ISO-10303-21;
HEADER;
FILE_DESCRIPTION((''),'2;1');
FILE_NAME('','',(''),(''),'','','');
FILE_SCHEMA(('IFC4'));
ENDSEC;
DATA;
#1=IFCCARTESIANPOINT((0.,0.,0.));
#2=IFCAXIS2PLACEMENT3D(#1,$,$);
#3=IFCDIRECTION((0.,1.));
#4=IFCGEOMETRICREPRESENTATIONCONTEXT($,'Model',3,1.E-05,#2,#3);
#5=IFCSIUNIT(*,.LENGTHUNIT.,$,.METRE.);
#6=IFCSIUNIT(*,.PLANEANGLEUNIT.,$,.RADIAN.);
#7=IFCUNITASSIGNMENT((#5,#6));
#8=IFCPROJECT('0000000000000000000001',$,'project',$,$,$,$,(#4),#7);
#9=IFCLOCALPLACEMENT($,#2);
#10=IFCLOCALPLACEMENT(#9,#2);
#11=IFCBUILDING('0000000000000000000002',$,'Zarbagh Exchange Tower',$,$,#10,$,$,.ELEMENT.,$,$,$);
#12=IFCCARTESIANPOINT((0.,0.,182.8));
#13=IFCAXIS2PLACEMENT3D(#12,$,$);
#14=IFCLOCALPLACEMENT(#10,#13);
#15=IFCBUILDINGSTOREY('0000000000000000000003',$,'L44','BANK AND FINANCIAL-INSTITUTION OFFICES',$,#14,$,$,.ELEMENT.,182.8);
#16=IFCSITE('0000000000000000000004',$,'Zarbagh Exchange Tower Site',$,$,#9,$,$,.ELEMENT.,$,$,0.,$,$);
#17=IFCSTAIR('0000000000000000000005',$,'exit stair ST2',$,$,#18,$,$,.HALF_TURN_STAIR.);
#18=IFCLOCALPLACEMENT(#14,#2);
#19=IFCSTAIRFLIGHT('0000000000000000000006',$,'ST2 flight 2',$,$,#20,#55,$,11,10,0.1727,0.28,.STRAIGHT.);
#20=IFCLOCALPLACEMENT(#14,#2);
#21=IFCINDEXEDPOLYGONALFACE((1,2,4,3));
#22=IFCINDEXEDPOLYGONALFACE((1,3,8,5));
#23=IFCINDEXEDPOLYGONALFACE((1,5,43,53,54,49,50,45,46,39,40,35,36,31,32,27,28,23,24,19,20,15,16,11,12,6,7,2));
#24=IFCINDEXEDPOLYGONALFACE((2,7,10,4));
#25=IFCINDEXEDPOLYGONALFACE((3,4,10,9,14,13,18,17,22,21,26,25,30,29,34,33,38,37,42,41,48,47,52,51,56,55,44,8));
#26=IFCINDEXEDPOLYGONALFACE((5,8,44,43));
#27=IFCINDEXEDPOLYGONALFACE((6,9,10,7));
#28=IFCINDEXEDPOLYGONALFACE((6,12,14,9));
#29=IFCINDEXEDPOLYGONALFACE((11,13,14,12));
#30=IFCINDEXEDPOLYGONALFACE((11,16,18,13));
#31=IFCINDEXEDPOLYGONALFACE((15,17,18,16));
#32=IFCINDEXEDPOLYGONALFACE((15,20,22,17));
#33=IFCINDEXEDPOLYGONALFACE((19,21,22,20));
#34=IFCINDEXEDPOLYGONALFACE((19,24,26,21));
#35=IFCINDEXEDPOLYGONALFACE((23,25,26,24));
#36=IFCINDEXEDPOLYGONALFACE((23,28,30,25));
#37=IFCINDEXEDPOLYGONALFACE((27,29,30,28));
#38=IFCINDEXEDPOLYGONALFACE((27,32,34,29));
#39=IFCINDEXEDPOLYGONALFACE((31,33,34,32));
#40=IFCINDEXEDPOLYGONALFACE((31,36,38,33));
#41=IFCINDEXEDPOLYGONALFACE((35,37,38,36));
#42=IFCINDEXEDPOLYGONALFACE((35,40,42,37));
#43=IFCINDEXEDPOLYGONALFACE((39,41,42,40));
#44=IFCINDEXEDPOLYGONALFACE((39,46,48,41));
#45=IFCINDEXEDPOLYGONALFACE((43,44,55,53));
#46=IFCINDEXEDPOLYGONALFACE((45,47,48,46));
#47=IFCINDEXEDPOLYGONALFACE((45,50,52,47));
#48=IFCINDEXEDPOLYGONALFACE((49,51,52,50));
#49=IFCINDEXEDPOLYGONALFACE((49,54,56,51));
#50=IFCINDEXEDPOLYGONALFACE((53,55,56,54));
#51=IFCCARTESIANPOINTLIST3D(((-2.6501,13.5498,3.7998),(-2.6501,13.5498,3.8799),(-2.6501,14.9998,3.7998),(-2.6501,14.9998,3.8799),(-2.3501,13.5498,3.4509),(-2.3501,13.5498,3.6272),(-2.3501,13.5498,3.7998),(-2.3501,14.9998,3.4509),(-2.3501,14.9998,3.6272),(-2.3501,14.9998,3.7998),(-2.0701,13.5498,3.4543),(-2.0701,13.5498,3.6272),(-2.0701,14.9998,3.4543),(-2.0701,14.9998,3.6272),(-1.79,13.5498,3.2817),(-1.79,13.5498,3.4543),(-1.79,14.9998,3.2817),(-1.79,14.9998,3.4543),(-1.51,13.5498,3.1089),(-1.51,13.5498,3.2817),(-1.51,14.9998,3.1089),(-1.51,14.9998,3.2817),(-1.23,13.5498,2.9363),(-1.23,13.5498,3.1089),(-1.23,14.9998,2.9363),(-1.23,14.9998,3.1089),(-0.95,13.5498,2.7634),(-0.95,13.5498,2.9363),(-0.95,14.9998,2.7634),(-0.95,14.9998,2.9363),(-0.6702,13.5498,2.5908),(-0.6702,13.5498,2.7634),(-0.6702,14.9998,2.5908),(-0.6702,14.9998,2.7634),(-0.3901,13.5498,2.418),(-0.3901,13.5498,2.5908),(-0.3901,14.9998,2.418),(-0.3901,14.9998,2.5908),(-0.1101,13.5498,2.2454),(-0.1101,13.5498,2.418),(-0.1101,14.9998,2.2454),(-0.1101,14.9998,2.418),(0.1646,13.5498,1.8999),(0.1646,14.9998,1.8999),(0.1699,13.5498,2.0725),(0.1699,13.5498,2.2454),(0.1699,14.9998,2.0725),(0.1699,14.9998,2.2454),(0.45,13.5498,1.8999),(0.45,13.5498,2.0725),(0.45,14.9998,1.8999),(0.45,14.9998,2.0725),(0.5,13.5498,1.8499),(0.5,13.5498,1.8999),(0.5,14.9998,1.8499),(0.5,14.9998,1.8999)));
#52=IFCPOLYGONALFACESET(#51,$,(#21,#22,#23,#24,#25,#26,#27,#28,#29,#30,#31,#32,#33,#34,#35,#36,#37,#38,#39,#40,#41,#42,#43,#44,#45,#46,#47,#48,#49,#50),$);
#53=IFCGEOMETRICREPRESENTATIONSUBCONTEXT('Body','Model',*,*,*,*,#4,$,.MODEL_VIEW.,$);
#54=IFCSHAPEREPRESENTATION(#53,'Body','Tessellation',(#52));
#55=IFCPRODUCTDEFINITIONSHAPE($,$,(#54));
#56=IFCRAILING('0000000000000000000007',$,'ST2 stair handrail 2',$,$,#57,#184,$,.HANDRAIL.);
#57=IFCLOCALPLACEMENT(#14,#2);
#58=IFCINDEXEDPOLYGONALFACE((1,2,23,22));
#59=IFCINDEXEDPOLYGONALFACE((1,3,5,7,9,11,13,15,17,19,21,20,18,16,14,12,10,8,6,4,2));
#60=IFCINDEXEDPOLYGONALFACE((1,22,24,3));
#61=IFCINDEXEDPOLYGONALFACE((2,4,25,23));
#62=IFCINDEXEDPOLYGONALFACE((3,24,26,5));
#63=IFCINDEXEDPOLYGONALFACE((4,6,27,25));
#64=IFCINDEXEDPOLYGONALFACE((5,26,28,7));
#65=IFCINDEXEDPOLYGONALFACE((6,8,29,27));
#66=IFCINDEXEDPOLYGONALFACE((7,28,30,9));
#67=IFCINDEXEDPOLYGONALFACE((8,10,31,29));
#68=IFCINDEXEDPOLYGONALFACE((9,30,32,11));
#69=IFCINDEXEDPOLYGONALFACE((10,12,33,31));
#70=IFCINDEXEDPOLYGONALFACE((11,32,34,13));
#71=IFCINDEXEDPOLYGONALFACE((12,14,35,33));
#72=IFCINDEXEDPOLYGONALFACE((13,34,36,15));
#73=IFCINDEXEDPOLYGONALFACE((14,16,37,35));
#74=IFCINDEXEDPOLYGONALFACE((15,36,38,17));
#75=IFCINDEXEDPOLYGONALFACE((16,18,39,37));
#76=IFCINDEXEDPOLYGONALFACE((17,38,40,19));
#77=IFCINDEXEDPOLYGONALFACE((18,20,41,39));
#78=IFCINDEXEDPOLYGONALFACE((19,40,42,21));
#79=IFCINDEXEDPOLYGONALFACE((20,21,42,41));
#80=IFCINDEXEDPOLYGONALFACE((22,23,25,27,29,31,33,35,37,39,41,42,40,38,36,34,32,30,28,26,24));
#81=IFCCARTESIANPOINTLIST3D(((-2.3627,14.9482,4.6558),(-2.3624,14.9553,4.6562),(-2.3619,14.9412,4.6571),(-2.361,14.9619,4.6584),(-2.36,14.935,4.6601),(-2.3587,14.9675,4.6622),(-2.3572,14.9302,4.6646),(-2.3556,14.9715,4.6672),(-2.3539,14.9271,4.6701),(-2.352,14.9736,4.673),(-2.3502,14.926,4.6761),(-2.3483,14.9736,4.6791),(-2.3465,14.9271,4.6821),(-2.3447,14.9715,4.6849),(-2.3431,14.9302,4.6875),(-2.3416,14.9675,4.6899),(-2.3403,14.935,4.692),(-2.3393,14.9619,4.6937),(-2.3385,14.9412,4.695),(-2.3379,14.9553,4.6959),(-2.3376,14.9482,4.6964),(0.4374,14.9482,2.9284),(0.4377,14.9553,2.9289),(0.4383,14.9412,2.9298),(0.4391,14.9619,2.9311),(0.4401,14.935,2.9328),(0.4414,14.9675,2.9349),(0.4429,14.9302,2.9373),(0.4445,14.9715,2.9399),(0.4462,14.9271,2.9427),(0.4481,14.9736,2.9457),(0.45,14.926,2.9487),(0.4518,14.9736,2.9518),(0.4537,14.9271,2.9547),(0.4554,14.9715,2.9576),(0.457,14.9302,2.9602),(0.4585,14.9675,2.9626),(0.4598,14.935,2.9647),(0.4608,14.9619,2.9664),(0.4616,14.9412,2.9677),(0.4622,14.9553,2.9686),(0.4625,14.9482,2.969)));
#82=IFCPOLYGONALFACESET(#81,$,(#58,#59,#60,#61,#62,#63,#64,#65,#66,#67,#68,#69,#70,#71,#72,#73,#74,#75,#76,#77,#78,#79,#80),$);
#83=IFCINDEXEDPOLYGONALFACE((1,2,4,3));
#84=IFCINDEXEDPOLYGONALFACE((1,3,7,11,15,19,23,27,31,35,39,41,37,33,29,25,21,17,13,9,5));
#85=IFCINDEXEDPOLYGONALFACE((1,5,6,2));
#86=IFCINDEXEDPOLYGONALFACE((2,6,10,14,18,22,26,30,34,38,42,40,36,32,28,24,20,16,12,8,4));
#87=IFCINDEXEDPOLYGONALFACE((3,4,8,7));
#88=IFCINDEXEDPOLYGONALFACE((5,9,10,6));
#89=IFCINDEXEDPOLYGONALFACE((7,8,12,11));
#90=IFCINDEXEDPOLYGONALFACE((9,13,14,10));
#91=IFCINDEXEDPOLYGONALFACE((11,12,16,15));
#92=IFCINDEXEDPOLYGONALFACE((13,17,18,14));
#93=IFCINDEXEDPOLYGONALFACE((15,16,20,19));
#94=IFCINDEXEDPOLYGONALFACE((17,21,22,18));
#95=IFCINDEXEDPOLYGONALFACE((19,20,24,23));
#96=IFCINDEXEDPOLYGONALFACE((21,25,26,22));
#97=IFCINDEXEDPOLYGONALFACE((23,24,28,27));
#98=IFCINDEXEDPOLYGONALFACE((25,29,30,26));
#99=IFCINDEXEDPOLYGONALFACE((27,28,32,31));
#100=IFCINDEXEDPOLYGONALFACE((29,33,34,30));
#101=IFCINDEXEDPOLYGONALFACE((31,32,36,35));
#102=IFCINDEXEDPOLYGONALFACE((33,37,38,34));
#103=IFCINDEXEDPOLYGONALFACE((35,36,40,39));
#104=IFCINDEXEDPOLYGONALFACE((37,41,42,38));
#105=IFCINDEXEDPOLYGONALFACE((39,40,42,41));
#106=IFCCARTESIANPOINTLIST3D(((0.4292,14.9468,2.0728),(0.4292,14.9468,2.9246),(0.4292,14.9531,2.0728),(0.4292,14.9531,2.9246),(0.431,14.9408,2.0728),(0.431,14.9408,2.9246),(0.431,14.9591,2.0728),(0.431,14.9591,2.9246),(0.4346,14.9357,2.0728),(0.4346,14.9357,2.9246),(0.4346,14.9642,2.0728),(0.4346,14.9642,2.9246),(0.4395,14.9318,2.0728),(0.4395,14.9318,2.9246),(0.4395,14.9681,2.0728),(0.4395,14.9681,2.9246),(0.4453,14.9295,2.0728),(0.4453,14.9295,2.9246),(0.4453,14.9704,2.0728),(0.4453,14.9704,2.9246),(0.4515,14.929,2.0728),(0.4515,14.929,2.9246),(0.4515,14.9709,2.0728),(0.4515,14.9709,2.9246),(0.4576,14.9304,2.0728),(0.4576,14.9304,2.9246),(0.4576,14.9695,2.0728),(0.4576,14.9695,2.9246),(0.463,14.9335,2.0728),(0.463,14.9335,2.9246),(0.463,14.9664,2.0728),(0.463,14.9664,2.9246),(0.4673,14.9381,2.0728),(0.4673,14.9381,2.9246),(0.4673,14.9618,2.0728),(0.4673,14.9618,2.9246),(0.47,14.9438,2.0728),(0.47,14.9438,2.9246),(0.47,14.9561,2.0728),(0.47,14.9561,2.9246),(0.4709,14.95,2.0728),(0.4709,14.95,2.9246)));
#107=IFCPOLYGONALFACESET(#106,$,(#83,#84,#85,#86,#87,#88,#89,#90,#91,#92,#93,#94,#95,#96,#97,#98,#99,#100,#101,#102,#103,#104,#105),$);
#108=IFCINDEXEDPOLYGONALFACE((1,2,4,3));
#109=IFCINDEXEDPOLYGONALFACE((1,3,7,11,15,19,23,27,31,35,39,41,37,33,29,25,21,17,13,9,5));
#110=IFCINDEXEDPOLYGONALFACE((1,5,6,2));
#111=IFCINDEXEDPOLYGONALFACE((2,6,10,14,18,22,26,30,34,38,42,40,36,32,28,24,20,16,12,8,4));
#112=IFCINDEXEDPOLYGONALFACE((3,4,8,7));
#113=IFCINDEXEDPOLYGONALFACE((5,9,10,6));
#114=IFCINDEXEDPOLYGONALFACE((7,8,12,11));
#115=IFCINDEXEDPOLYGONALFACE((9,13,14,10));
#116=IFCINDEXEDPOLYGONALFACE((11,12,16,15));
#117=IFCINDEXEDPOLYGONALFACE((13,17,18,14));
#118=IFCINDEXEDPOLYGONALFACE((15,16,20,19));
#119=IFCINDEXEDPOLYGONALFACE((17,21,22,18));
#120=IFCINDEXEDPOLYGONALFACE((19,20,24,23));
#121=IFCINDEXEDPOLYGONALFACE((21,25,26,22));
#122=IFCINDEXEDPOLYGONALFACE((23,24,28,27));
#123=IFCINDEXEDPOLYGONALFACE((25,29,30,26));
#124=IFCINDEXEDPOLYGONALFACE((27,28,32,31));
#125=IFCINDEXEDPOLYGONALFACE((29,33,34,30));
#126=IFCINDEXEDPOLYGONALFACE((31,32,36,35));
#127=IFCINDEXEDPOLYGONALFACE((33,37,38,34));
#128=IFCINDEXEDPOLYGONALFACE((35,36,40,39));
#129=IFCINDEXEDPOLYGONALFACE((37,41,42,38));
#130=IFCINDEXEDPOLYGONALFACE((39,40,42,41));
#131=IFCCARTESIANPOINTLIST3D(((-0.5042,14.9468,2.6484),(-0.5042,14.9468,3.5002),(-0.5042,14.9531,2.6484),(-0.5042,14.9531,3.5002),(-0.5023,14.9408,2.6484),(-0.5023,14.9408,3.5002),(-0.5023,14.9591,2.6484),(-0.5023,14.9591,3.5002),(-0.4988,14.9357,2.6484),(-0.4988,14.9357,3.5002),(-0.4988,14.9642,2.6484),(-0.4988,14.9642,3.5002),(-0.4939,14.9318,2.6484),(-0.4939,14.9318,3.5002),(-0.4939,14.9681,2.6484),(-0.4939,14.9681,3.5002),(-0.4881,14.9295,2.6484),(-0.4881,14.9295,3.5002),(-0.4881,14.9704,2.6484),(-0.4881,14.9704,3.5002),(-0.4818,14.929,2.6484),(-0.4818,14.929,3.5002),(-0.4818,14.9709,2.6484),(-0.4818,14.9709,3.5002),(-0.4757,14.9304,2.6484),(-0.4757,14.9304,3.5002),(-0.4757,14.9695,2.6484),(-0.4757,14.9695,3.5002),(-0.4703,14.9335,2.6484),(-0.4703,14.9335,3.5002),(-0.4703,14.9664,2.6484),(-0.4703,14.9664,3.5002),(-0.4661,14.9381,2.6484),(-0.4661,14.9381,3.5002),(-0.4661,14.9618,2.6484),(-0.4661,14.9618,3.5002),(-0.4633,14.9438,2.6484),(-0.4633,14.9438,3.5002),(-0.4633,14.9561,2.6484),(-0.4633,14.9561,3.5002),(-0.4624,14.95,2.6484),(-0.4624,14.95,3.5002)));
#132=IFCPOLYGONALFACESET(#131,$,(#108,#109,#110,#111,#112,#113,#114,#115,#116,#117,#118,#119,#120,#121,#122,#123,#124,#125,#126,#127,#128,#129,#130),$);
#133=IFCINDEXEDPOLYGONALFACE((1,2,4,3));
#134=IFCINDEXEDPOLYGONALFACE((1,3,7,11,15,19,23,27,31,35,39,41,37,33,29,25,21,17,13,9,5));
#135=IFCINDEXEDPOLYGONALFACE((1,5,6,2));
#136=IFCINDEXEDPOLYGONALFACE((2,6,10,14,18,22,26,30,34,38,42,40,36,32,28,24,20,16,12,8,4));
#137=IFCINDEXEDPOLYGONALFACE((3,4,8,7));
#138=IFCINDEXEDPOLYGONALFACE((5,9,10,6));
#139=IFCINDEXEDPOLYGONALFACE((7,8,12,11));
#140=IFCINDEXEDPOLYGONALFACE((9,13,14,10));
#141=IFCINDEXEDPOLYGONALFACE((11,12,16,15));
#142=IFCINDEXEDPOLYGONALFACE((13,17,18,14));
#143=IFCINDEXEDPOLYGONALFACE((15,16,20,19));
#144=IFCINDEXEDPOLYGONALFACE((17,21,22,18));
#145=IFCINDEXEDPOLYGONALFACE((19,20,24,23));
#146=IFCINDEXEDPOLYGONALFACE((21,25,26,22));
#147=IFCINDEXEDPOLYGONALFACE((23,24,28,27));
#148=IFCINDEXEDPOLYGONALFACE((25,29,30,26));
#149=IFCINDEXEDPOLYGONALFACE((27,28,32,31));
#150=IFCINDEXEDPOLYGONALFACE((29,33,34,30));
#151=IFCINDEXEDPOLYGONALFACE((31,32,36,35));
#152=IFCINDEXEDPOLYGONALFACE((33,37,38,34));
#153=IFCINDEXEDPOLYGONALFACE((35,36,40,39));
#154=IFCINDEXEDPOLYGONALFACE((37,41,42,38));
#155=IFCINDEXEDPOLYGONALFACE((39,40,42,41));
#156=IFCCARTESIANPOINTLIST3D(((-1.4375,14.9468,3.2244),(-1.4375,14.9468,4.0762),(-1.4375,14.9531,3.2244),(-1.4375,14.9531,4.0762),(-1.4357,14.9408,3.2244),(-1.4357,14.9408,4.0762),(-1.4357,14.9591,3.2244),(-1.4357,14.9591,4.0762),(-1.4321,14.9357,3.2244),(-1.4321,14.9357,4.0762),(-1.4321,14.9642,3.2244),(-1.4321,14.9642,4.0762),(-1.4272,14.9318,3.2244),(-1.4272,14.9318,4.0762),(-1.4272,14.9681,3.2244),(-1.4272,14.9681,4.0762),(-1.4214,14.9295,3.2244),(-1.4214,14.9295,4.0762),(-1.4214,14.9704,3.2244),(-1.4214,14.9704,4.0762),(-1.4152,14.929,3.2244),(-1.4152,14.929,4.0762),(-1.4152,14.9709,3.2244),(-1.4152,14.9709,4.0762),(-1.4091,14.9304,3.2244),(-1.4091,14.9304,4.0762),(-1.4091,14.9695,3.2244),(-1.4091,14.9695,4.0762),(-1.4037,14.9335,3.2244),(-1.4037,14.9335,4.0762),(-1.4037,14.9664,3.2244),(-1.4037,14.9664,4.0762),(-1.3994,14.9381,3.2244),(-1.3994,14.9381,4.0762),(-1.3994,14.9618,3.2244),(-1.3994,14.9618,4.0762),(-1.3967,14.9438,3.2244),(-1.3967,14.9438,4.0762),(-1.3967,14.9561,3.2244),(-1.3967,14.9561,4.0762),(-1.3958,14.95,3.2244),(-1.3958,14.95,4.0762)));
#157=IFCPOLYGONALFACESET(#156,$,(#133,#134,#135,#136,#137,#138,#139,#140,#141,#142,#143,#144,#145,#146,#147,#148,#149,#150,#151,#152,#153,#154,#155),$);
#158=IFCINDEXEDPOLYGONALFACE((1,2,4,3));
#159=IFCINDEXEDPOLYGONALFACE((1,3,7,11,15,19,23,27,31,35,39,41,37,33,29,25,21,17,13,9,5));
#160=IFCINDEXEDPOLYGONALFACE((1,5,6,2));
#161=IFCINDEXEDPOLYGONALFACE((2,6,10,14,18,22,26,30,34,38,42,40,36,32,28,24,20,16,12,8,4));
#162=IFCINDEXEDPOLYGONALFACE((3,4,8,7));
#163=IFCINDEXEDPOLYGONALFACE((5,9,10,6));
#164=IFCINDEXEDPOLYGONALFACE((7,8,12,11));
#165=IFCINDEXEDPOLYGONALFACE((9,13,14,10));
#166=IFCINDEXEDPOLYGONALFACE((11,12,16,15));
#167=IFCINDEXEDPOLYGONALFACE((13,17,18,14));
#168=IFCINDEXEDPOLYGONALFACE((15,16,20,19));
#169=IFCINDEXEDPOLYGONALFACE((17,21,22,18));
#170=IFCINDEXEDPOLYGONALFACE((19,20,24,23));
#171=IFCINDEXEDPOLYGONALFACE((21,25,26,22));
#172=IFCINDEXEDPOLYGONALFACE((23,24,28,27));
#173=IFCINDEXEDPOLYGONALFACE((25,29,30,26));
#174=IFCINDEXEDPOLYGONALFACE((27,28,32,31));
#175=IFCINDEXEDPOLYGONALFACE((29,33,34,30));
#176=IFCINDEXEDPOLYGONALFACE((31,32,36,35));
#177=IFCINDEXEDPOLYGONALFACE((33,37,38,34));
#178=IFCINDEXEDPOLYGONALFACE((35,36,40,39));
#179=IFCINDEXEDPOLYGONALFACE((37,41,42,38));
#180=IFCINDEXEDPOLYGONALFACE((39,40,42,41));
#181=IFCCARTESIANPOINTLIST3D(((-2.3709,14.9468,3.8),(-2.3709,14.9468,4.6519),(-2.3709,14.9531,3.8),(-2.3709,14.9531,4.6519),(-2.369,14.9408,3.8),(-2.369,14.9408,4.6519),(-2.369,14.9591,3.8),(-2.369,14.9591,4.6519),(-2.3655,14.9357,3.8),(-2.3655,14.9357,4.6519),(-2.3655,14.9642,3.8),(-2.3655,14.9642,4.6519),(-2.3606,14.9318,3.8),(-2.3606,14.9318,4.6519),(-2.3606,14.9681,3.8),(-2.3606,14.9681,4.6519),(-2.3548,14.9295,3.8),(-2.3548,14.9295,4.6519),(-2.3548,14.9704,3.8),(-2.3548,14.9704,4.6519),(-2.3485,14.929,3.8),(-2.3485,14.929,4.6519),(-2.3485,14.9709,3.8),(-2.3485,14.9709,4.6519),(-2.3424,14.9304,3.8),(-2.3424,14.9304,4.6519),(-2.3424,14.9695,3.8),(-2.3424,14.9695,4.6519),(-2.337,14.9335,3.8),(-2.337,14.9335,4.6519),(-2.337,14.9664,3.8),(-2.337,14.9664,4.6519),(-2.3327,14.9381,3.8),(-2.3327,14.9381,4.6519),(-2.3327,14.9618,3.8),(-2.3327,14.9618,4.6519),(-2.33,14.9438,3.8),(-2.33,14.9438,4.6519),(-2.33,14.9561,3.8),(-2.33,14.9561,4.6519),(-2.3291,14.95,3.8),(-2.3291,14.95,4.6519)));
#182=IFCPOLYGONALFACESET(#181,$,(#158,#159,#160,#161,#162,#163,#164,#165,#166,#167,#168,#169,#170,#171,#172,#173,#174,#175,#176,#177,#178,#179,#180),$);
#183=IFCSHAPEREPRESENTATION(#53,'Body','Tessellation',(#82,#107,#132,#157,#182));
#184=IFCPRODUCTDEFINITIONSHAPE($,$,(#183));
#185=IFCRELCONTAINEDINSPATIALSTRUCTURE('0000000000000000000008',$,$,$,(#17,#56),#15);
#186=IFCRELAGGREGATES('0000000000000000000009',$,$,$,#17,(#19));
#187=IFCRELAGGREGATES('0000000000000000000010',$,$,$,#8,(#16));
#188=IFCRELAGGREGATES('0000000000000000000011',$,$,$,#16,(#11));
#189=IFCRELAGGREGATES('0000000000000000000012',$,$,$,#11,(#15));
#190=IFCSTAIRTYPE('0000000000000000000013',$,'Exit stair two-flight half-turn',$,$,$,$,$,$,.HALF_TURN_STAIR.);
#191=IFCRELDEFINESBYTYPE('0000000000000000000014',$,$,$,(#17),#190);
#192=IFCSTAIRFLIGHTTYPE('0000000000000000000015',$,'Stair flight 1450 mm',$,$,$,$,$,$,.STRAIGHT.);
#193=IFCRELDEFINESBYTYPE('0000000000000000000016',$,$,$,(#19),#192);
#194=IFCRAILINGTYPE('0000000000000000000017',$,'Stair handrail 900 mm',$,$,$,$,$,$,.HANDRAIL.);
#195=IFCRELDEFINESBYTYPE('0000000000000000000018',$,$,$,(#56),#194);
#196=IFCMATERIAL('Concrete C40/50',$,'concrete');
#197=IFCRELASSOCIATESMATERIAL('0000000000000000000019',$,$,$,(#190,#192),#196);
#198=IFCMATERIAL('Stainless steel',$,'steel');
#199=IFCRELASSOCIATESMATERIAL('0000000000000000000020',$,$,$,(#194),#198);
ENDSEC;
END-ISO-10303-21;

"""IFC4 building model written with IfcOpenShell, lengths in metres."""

from ifc_helpers import new_model, si_unit, direction, frame, origin, origin_2d, place, context, subcontext, project, spatial, polyline, circle, outline, extrude, material, type_object, element, aggregate, save


model = new_model("IFC4")

# Units and contexts
model_context = context("Model", 3, precision=1e-05, world=origin(), true_north=direction((0.0, 1.0)))
body_context = subcontext(model_context, "Body", "Model", "MODEL_VIEW")
ifc_project = project(units=[si_unit("LENGTHUNIT", "METRE"), si_unit("PLANEANGLEUNIT", "RADIAN")], contexts=[model_context])

# Site, building, storey
site_placement = place(None, origin())
site = spatial("IfcSite", under=ifc_project, at=site_placement, Name="Zarbagh Exchange Tower Site", CompositionType="ELEMENT", RefElevation=0.0)
building_placement = place(site_placement, origin())
building = spatial("IfcBuilding", under=site, at=building_placement, Name="Zarbagh Exchange Tower", CompositionType="ELEMENT")
storey_placement = place(building_placement, frame((0.0, 0.0, 182.8)))
storey = spatial("IfcBuildingStorey", under=building, at=storey_placement, Name="L44", Description="BANK AND FINANCIAL-INSTITUTION OFFICES", CompositionType="ELEMENT", Elevation=182.8)

# Stair
ifc_material_1 = material(Name="Concrete C40/50", Category="concrete")
stair_type = type_object("IfcStairType", Name="Exit stair two-flight half-turn", PredefinedType="HALF_TURN_STAIR", material=ifc_material_1)
stair_1_placement = place(storey_placement, origin())
stair_1 = element("IfcStair", 1, at=stair_1_placement, inside=storey, type_object=stair_type, Name="exit stair ST2", PredefinedType="HALF_TURN_STAIR")

# Shared definitions
ifc_material_2 = material(Name="Stainless steel", Category="steel")

# Stair flight
stair_flight_type = type_object("IfcStairFlightType", Name="Stair flight 1450 mm", PredefinedType="STRAIGHT", material=ifc_material_1)
stair_flight_placement = place(storey_placement, frame((0.45, 14.2749, 1.8999), z_axis=(0.0, 0.0, 1.0), x_axis=(-1.0, 0.0, 0.0)))
stair_flight = element("IfcStairFlight", 2, at=stair_flight_placement, type_object=stair_flight_type, Name="ST2 flight 2", NumberOfRisers=11, NumberOfTreads=10, PredefinedType="STRAIGHT", RiserHeight=0.1727, TreadLength=0.28, context=body_context, shape_type="SweptSolid", body=[
    extrude(outline(polyline([(-0.05, -0.05), (-0.05, 0.0), (0.0, 0.0), (0.0, 0.1726), (0.28, 0.1726), (0.28, 0.3455), (0.5601, 0.3455), (0.5601, 0.5181), (0.8401, 0.5181), (0.8401, 0.6909), (1.1201, 0.6909), (1.1201, 0.8635), (1.3999, 0.8635), (1.3999, 1.0364), (1.6799, 1.0364), (1.6799, 1.209), (1.96, 1.209), (1.96, 1.3818), (2.24, 1.3818), (2.24, 1.5544), (2.52, 1.5544), (2.52, 1.7273), (2.8, 1.7273), (2.8, 1.8999), (3.1001, 1.98), (3.1001, 1.8999), (2.8, 1.551), (0.2854, 0.0), (-0.05, -0.05)])), frame((0.0, 0.7251, 0.0), z_axis=(0.0, -1.0, 0.0), x_axis=(1.0, 0.0, 0.0)), (0.0, 0.0, 1.0), 1.45),
])
aggregate(stair_1, [stair_flight])

# Railing
railing_type_1 = type_object("IfcRailingType", Name="Stair handrail 900 mm", PredefinedType="HANDRAIL", material=ifc_material_2)
railing_1_placement = place(storey_placement, frame((0.45, 14.95, 2.0728)))
element("IfcRailing", 3, at=railing_1_placement, inside=storey, type_object=railing_type_1, Name="ST2 stair handrail 2", PredefinedType="HANDRAIL", context=body_context, shape_type="SweptSolid", body=[
    extrude(circle(Radius=0.0239, at=origin_2d()), frame((0.0, 0.0, 0.876), z_axis=(-0.85109, 0.0, 0.52502), x_axis=(0.0, -1.0, 0.0)), (0.0, 0.0, 1.0), 3.29),
    extrude(circle(Radius=0.021, at=origin_2d()), origin(), (0.0, 0.0, 1.0), 0.8518),
    extrude(circle(Radius=0.021, at=origin_2d()), frame((-0.9333, 0.0, 0.5757)), (0.0, 0.0, 1.0), 0.8518),
    extrude(circle(Radius=0.021, at=origin_2d()), frame((-1.8667, 0.0, 1.1516)), (0.0, 0.0, 1.0), 0.8518),
    extrude(circle(Radius=0.021, at=origin_2d()), frame((-2.8, 0.0, 1.7273)), (0.0, 0.0, 1.0), 0.8518),
])

save(model, "model.ifc")
